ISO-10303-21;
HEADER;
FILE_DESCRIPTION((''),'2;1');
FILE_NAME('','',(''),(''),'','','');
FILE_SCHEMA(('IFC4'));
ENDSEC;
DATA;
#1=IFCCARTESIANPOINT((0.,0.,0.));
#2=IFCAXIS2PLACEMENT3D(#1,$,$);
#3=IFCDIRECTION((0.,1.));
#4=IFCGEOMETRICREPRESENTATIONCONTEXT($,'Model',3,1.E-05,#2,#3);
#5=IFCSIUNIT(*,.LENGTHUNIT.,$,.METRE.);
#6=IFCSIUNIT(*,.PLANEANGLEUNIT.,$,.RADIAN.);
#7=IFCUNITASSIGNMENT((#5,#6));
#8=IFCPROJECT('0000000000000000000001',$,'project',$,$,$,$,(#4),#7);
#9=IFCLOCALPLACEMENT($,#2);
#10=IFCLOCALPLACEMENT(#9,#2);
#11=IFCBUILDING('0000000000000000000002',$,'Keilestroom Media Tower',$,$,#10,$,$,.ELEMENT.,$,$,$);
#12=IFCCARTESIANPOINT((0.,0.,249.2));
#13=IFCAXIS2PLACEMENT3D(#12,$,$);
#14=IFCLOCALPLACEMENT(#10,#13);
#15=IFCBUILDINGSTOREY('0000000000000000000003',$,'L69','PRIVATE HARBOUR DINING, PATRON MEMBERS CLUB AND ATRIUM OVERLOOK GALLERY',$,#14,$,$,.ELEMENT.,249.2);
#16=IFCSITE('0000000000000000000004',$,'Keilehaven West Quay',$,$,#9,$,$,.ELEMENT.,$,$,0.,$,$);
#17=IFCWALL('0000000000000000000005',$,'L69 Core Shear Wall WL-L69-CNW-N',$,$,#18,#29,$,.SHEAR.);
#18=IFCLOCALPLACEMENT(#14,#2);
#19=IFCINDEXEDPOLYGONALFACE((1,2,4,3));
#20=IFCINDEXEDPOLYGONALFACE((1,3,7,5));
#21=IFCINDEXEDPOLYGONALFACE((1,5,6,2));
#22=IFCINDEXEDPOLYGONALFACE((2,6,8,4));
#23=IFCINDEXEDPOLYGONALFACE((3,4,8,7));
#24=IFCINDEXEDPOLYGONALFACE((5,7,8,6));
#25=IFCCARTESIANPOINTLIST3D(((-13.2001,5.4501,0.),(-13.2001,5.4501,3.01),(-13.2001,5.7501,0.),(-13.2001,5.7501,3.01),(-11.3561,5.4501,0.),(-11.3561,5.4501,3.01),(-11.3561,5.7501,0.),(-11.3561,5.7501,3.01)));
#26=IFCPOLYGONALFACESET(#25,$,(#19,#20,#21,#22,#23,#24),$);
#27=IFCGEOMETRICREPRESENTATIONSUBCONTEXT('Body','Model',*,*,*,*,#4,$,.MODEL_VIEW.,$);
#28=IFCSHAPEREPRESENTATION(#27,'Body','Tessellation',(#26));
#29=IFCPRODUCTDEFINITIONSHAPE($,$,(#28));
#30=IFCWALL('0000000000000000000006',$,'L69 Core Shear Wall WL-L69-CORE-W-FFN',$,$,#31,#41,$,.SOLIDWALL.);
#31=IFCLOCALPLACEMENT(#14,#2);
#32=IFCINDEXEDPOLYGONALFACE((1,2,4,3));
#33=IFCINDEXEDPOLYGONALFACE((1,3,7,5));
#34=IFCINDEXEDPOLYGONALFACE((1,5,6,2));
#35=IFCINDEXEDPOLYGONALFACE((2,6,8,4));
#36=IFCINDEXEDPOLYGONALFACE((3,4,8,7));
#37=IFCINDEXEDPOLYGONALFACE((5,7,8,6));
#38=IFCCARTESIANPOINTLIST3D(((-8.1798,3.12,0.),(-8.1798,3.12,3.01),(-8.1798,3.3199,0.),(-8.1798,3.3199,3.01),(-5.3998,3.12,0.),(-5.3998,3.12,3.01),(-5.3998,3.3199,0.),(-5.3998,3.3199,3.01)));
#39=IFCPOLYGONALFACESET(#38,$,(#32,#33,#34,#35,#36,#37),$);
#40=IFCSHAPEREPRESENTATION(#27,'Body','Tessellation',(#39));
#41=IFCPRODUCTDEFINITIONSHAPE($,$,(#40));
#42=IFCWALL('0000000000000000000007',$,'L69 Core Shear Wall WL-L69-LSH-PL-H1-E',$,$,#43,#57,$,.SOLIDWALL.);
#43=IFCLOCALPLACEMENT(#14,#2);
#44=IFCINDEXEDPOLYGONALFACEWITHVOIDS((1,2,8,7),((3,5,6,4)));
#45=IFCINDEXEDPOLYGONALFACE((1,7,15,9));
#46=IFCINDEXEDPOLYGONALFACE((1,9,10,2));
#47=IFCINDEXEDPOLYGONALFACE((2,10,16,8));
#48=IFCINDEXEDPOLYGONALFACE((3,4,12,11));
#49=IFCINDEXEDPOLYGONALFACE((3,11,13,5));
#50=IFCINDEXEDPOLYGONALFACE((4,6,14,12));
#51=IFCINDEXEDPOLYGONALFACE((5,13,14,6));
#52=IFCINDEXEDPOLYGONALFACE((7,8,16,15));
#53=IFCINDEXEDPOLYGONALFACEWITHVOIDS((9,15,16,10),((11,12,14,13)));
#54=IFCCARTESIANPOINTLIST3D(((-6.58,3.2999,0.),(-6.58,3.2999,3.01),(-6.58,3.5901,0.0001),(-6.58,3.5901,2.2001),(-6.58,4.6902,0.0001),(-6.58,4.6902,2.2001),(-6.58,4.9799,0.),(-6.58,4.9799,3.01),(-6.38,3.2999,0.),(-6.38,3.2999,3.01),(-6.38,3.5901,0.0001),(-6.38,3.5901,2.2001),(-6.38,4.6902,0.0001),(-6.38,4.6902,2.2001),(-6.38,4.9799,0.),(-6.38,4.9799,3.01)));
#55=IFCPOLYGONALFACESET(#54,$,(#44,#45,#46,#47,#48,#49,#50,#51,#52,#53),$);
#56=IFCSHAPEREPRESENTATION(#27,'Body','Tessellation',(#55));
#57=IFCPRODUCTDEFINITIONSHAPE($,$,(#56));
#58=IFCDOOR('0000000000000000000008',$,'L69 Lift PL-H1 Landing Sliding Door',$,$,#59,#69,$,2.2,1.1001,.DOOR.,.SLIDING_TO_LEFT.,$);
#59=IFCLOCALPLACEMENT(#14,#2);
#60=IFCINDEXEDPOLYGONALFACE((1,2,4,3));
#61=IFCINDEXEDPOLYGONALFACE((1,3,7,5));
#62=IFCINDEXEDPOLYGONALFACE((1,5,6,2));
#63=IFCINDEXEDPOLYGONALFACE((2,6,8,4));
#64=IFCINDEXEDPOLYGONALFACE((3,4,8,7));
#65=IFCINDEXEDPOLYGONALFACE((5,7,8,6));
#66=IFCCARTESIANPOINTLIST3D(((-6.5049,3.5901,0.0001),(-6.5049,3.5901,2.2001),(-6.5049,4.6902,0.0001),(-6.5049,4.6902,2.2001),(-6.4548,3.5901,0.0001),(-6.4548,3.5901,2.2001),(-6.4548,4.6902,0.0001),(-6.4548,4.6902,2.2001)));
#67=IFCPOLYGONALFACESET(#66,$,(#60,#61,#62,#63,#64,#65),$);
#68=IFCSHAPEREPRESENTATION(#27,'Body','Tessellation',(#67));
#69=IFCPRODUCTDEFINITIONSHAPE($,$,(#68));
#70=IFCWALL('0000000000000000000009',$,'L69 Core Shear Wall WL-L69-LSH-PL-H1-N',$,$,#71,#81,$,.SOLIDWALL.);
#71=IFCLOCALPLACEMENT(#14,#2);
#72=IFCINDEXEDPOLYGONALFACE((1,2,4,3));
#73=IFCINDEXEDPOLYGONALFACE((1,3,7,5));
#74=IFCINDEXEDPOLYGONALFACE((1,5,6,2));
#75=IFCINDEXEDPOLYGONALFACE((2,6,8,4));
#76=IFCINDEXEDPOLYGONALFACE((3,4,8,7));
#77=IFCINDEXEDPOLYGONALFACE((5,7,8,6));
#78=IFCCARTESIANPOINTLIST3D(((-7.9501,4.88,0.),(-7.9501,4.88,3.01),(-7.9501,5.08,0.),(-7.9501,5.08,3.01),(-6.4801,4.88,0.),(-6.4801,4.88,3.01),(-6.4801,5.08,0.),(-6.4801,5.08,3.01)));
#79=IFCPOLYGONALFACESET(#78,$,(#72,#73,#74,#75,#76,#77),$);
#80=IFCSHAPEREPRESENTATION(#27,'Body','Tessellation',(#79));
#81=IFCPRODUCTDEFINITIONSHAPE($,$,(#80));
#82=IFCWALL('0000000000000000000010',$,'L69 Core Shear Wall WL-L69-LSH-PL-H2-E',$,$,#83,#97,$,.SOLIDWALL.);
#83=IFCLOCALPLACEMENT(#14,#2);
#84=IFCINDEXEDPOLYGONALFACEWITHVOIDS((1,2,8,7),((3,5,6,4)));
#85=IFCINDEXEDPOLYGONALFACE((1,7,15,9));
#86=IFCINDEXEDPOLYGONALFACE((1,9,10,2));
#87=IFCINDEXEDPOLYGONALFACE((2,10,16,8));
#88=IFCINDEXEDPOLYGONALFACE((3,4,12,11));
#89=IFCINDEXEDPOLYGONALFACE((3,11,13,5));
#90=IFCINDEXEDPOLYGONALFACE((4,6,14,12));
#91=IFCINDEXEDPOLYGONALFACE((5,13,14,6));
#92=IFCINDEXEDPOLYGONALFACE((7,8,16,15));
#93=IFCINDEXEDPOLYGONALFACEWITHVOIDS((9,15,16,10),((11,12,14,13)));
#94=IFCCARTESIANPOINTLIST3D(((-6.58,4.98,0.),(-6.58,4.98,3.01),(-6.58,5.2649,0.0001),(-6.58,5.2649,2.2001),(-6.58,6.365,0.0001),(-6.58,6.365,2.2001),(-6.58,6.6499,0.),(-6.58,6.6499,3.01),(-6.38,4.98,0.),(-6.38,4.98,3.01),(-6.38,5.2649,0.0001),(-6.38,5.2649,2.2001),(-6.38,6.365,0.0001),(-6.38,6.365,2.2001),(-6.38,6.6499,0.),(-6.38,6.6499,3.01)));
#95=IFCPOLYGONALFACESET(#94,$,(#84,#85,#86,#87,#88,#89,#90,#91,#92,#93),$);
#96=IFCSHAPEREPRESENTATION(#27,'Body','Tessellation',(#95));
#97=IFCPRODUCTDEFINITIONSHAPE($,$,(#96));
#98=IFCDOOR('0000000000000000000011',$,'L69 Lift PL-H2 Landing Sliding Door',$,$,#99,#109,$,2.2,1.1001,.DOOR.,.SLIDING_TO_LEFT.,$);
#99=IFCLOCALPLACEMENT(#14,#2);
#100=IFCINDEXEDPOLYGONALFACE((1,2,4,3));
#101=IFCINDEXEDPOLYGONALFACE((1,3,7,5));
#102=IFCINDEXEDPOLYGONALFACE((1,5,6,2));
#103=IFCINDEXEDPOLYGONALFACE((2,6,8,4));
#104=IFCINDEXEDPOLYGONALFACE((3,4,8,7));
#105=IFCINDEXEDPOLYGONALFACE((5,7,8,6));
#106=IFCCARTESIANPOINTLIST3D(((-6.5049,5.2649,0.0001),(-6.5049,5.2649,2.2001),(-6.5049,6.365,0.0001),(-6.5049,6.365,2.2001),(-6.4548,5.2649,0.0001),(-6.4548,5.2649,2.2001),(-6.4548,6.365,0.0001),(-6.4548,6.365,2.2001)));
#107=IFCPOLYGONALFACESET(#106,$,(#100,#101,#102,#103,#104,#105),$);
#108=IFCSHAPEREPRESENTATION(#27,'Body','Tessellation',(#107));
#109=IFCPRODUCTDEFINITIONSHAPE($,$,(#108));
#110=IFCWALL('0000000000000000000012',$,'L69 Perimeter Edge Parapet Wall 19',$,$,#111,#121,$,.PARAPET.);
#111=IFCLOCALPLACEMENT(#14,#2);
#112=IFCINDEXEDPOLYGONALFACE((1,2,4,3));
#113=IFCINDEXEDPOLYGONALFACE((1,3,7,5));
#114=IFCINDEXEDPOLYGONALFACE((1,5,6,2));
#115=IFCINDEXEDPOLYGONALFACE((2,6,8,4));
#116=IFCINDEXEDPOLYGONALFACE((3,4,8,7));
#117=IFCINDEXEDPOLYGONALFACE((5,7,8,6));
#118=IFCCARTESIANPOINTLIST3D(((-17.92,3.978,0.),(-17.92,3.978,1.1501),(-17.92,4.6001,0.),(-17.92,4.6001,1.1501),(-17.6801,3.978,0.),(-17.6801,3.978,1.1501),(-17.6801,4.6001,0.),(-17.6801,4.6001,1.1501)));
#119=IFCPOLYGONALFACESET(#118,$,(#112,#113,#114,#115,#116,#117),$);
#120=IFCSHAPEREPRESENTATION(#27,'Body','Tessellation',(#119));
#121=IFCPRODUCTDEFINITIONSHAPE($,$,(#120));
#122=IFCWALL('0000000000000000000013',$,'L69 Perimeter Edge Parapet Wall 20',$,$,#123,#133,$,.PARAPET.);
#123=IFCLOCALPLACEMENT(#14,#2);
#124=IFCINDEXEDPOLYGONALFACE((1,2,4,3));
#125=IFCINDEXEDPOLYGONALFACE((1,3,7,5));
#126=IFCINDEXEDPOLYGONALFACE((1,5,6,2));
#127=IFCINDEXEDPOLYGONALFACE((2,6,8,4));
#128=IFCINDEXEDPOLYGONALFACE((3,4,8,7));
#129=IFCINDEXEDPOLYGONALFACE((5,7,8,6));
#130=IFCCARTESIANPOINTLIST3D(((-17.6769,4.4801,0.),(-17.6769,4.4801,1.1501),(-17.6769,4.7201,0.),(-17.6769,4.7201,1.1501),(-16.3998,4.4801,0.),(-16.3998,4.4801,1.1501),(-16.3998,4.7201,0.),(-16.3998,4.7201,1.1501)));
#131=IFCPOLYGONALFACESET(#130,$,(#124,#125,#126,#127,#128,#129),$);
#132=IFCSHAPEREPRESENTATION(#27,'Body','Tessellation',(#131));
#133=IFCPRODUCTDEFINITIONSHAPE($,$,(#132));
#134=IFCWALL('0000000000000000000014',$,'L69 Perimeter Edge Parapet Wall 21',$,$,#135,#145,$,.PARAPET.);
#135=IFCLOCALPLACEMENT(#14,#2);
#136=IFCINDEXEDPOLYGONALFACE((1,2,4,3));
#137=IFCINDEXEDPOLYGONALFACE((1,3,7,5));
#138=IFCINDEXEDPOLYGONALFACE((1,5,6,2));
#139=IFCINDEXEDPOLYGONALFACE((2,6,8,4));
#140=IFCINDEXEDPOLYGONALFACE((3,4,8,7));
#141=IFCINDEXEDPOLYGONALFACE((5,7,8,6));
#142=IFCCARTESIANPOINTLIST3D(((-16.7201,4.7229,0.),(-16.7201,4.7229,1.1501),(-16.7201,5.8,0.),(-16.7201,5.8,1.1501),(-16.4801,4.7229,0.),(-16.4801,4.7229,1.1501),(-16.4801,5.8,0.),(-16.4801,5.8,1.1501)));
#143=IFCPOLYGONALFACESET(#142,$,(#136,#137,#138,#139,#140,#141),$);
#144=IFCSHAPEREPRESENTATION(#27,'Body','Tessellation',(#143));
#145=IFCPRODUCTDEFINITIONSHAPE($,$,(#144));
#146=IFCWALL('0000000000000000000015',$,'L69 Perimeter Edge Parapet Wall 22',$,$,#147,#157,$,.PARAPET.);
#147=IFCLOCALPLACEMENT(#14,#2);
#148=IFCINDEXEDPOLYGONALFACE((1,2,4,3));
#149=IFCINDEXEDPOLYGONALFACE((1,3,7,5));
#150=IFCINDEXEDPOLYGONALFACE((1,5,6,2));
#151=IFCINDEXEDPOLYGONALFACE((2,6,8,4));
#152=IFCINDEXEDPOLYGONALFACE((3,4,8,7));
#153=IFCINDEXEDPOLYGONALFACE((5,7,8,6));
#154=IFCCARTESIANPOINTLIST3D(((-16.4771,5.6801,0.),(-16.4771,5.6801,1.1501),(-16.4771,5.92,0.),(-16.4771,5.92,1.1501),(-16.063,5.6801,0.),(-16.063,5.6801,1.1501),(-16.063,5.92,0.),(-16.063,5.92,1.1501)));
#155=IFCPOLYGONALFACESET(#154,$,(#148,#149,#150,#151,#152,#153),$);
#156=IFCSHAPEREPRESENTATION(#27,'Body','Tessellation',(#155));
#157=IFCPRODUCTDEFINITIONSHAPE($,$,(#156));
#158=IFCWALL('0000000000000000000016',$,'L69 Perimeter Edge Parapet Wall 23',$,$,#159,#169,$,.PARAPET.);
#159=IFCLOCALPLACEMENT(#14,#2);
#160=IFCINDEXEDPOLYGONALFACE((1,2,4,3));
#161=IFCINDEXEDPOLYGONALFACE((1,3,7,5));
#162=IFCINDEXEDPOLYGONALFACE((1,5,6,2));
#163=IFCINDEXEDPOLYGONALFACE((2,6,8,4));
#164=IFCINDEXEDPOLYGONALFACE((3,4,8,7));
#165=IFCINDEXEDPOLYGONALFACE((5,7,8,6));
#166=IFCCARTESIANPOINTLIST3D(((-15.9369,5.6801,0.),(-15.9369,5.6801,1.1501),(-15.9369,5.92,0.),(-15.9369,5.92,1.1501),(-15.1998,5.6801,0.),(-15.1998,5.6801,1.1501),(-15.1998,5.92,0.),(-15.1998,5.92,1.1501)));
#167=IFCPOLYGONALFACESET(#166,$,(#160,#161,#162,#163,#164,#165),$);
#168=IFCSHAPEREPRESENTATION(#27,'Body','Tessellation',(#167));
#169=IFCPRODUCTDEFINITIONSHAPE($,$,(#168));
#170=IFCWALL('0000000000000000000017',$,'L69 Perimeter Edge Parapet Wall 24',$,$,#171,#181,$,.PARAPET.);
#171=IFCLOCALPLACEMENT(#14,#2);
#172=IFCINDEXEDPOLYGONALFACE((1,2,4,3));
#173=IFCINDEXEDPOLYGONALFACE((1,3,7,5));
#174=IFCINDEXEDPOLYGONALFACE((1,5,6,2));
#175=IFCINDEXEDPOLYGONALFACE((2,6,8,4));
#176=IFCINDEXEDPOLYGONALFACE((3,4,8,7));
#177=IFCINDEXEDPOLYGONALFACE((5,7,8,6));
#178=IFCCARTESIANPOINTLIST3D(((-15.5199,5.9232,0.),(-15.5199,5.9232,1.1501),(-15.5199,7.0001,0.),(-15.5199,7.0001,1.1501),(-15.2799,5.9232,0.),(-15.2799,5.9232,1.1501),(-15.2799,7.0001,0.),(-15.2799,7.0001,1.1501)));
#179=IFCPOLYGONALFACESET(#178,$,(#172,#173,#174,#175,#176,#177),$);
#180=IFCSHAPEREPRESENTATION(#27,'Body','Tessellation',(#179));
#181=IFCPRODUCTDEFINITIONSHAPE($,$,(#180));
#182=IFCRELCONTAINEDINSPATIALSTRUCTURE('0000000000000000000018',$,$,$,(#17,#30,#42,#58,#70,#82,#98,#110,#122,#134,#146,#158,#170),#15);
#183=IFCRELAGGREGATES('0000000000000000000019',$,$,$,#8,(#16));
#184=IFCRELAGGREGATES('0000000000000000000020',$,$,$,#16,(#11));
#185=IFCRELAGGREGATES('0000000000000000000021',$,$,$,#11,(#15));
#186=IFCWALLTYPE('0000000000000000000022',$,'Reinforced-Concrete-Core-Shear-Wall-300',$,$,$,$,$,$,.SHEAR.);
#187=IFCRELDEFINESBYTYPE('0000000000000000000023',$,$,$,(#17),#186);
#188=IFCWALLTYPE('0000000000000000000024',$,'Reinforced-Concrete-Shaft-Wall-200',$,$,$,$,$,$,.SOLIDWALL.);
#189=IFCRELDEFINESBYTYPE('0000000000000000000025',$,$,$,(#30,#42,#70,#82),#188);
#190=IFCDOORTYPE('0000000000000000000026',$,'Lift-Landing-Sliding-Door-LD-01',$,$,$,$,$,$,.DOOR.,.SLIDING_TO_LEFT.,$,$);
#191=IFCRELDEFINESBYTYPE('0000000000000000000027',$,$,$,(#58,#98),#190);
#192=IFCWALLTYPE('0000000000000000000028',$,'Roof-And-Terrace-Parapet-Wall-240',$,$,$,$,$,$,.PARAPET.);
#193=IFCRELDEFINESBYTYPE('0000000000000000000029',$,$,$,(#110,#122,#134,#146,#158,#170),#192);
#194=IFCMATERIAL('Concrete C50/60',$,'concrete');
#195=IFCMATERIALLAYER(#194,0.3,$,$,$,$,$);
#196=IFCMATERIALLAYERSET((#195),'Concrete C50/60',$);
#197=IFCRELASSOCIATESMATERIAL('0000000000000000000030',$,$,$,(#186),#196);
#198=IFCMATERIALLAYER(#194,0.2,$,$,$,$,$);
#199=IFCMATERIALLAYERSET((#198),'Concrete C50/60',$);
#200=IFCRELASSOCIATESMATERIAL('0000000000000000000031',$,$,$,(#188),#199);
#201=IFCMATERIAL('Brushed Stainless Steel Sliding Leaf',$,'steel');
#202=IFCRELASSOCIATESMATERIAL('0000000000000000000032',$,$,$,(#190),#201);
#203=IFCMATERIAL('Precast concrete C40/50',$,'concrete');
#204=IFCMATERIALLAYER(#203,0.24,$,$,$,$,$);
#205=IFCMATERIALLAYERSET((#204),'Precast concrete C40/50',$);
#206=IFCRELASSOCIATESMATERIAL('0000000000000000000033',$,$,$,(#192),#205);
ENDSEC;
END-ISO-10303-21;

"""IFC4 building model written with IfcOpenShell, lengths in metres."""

from ifc_helpers import new_model, si_unit, direction, frame, frame_2d, origin, place, context, subcontext, project, spatial, rectangle, extrude, source, transform, mapped, material, layer, layer_set, type_object, element, fill, save


model = new_model("IFC4")

# Units and contexts
model_context = context("Model", 3, precision=1e-05, world=origin(), true_north=direction((0.0, 1.0)))
body_context = subcontext(model_context, "Body", "Model", "MODEL_VIEW")
ifc_project = project(units=[si_unit("LENGTHUNIT", "METRE"), si_unit("PLANEANGLEUNIT", "RADIAN")], contexts=[model_context])

# Site, building, storey
site_placement = place(None, origin())
site = spatial("IfcSite", under=ifc_project, at=site_placement, Name="Keilehaven West Quay", CompositionType="ELEMENT", RefElevation=0.0)
building_placement = place(site_placement, origin())
building = spatial("IfcBuilding", under=site, at=building_placement, Name="Keilestroom Media Tower", CompositionType="ELEMENT")
storey_placement = place(building_placement, frame((0.0, 0.0, 249.2)))
storey = spatial("IfcBuildingStorey", under=building, at=storey_placement, Name="L69", Description="PRIVATE HARBOUR DINING, PATRON MEMBERS CLUB AND ATRIUM OVERLOOK GALLERY", CompositionType="ELEMENT", Elevation=249.2)

# Shared definitions
ifc_material_1 = material(Name="Precast concrete C40/50", Category="concrete")

# Walls
ifc_material_2 = material(Name="Concrete C50/60", Category="concrete")
ifc_layer_1 = layer(ifc_material_2, 0.3)
ifc_layer_set_1 = layer_set([ifc_layer_1], Name="Concrete C50/60")
wall_type_1 = type_object("IfcWallType", Name="Reinforced-Concrete-Core-Shear-Wall-300", PredefinedType="SHEAR", material=ifc_layer_set_1)
wall_1_placement = place(storey_placement, frame((-13.2, 5.6001, 0.0), z_axis=(0.0, 0.0, 1.0), x_axis=(1.0, 0.0, 0.0)))
element("IfcWall", 1, at=wall_1_placement, inside=storey, type_object=wall_type_1, Name="L69 Core Shear Wall WL-L69-CNW-N", PredefinedType="SHEAR", context=body_context, shape_type="SweptSolid", body=[
    extrude(rectangle(XDim=1.844, YDim=0.3, at=frame_2d((0.9219, 0.0))), origin(), (0.0, 0.0, 1.0), 3.01),
])
ifc_layer_2 = layer(ifc_material_2, 0.2)
ifc_layer_set_2 = layer_set([ifc_layer_2], Name="Concrete C50/60")
wall_type_2 = type_object("IfcWallType", Name="Reinforced-Concrete-Shaft-Wall-200", PredefinedType="SOLIDWALL", material=ifc_layer_set_2)
wall_2_placement = place(storey_placement, frame((-8.1799, 3.22, 0.0), z_axis=(0.0, 0.0, 1.0), x_axis=(1.0, 0.0, 0.0)))
element("IfcWall", 2, at=wall_2_placement, inside=storey, type_object=wall_type_2, Name="L69 Core Shear Wall WL-L69-CORE-W-FFN", PredefinedType="SOLIDWALL", context=body_context, shape_type="SweptSolid", body=[
    extrude(rectangle(XDim=2.78, YDim=0.2, at=frame_2d((1.3901, 0.0))), origin(), (0.0, 0.0, 1.0), 3.01),
])

# Wall, opening, door
wall_3_placement = place(storey_placement, frame((-6.48, 3.3, 0.0), z_axis=(0.0, 0.0, 1.0), x_axis=(0.0, 1.0, 0.0)))
wall_3 = element("IfcWall", 3, at=wall_3_placement, inside=storey, type_object=wall_type_2, Name="L69 Core Shear Wall WL-L69-LSH-PL-H1-E", PredefinedType="SOLIDWALL", context=body_context, shape_type="SweptSolid", body=[
    extrude(rectangle(XDim=1.6799, YDim=0.2, at=frame_2d((0.8398, 0.0))), origin(), (0.0, 0.0, 1.0), 3.01),
])
opening_1_placement = place(wall_3_placement, frame((0.29, 0.0, 0.0)))
opening_1 = element("IfcOpeningElement", 4, at=opening_1_placement, cuts=wall_3, PredefinedType="OPENING", context=body_context, shape_type="SweptSolid", body=[
    extrude(rectangle(XDim=1.1001, YDim=2.2, at=frame_2d((0.55, 1.1001))), frame((0.0, 0.1099, 0.0), z_axis=(0.0, -1.0, 0.0), x_axis=(1.0, 0.0, 0.0)), (0.0, 0.0, 1.0), 0.22),
])
ifc_material_3 = material(Name="Brushed Stainless Steel Sliding Leaf", Category="steel")
door_type = type_object("IfcDoorType", Name="Lift-Landing-Sliding-Door-LD-01", OperationType="SLIDING_TO_LEFT", PredefinedType="DOOR", material=ifc_material_3)
shared_shape_1 = source(origin(), body_context, "Body", "SweptSolid", [
    extrude(rectangle(XDim=1.1001, YDim=2.2, at=frame_2d((0.55, 1.1001))), frame((0.0, 0.0249, 0.0), z_axis=(0.0, -1.0, 0.0), x_axis=(1.0, 0.0, 0.0)), (0.0, 0.0, 1.0), 0.05),
])
door_1_placement = place(opening_1_placement, origin())
door_1 = element("IfcDoor", 5, at=door_1_placement, inside=storey, type_object=door_type, Name="L69 Lift PL-H1 Landing Sliding Door", OperationType="SLIDING_TO_LEFT", OverallHeight=2.2, OverallWidth=1.1001, PredefinedType="DOOR", context=body_context, shape_type="MappedRepresentation", body=[
    mapped(shared_shape_1, transform((0.0, 0.0, 0.0), x_axis=(1.0, 0.0, 0.0), y_axis=(0.0, 1.0, 0.0), z_axis=(0.0, 0.0, 1.0), scale=1.0)),
])
fill(opening_1, door_1)

# Wall
wall_4_placement = place(storey_placement, frame((-7.95, 4.98, 0.0), z_axis=(0.0, 0.0, 1.0), x_axis=(1.0, 0.0, 0.0)))
element("IfcWall", 6, at=wall_4_placement, inside=storey, type_object=wall_type_2, Name="L69 Core Shear Wall WL-L69-LSH-PL-H1-N", PredefinedType="SOLIDWALL", context=body_context, shape_type="SweptSolid", body=[
    extrude(rectangle(XDim=1.47, YDim=0.2, at=frame_2d((0.7349, 0.0))), origin(), (0.0, 0.0, 1.0), 3.01),
])

# Wall, opening, door
wall_5_placement = place(storey_placement, frame((-6.48, 4.98, 0.0), z_axis=(0.0, 0.0, 1.0), x_axis=(0.0, 1.0, 0.0)))
wall_5 = element("IfcWall", 7, at=wall_5_placement, inside=storey, type_object=wall_type_2, Name="L69 Core Shear Wall WL-L69-LSH-PL-H2-E", PredefinedType="SOLIDWALL", context=body_context, shape_type="SweptSolid", body=[
    extrude(rectangle(XDim=1.6699, YDim=0.2, at=frame_2d((0.835, 0.0))), origin(), (0.0, 0.0, 1.0), 3.01),
])
opening_2_placement = place(wall_5_placement, frame((0.2849, 0.0, 0.0)))
opening_2 = element("IfcOpeningElement", 8, at=opening_2_placement, cuts=wall_5, PredefinedType="OPENING", context=body_context, shape_type="SweptSolid", body=[
    extrude(rectangle(XDim=1.1001, YDim=2.2, at=frame_2d((0.55, 1.1001))), frame((0.0, 0.1099, 0.0), z_axis=(0.0, -1.0, 0.0), x_axis=(1.0, 0.0, 0.0)), (0.0, 0.0, 1.0), 0.22),
])
door_2_placement = place(opening_2_placement, origin())
door_2 = element("IfcDoor", 9, at=door_2_placement, inside=storey, type_object=door_type, Name="L69 Lift PL-H2 Landing Sliding Door", OperationType="SLIDING_TO_LEFT", OverallHeight=2.2, OverallWidth=1.1001, PredefinedType="DOOR", context=body_context, shape_type="MappedRepresentation", body=[
    mapped(shared_shape_1, transform((0.0, 0.0, 0.0), x_axis=(1.0, 0.0, 0.0), y_axis=(0.0, 1.0, 0.0), z_axis=(0.0, 0.0, 1.0), scale=1.0)),
])
fill(opening_2, door_2)

# Walls
ifc_layer_3 = layer(ifc_material_1, 0.24)
ifc_layer_set_3 = layer_set([ifc_layer_3], Name="Precast concrete C40/50")
wall_type_3 = type_object("IfcWallType", Name="Roof-And-Terrace-Parapet-Wall-240", PredefinedType="PARAPET", material=ifc_layer_set_3)
wall_6_placement = place(storey_placement, frame((-17.8, 3.978, 0.0), z_axis=(0.0, 0.0, 1.0), x_axis=(0.0, 1.0, 0.0)))
element("IfcWall", 10, at=wall_6_placement, inside=storey, type_object=wall_type_3, Name="L69 Perimeter Edge Parapet Wall 19", PredefinedType="PARAPET", context=body_context, shape_type="SweptSolid", body=[
    extrude(rectangle(XDim=0.6221, YDim=0.24, at=frame_2d((0.311, 0.0))), origin(), (0.0, 0.0, 1.0), 1.1501),
])
wall_7_placement = place(storey_placement, frame((-17.677, 4.6001, 0.0), z_axis=(0.0, 0.0, 1.0), x_axis=(1.0, 0.0, 0.0)))
element("IfcWall", 11, at=wall_7_placement, inside=storey, type_object=wall_type_3, Name="L69 Perimeter Edge Parapet Wall 20", PredefinedType="PARAPET", context=body_context, shape_type="SweptSolid", body=[
    extrude(rectangle(XDim=1.2771, YDim=0.24, at=frame_2d((0.6387, 0.0))), origin(), (0.0, 0.0, 1.0), 1.1501),
])
wall_8_placement = place(storey_placement, frame((-16.6001, 4.7229, 0.0), z_axis=(0.0, 0.0, 1.0), x_axis=(0.0, 1.0, 0.0)))
element("IfcWall", 12, at=wall_8_placement, inside=storey, type_object=wall_type_3, Name="L69 Perimeter Edge Parapet Wall 21", PredefinedType="PARAPET", context=body_context, shape_type="SweptSolid", body=[
    extrude(rectangle(XDim=1.0771, YDim=0.24, at=frame_2d((0.5386, 0.0))), origin(), (0.0, 0.0, 1.0), 1.1501),
])
wall_9_placement = place(storey_placement, frame((-16.4771, 5.8, 0.0), z_axis=(0.0, 0.0, 1.0), x_axis=(1.0, 0.0, 0.0)))
element("IfcWall", 13, at=wall_9_placement, inside=storey, type_object=wall_type_3, Name="L69 Perimeter Edge Parapet Wall 22", PredefinedType="PARAPET", context=body_context, shape_type="SweptSolid", body=[
    extrude(rectangle(XDim=0.4141, YDim=0.24, at=frame_2d((0.207, 0.0))), origin(), (0.0, 0.0, 1.0), 1.1501),
])
wall_10_placement = place(storey_placement, frame((-15.937, 5.8, 0.0), z_axis=(0.0, 0.0, 1.0), x_axis=(1.0, 0.0, 0.0)))
element("IfcWall", 14, at=wall_10_placement, inside=storey, type_object=wall_type_3, Name="L69 Perimeter Edge Parapet Wall 23", PredefinedType="PARAPET", context=body_context, shape_type="SweptSolid", body=[
    extrude(rectangle(XDim=0.7371, YDim=0.24, at=frame_2d((0.3687, 0.0))), origin(), (0.0, 0.0, 1.0), 1.1501),
])
wall_11_placement = place(storey_placement, frame((-15.3999, 5.9231, 0.0), z_axis=(0.0, 0.0, 1.0), x_axis=(0.0, 1.0, 0.0)))
element("IfcWall", 15, at=wall_11_placement, inside=storey, type_object=wall_type_3, Name="L69 Perimeter Edge Parapet Wall 24", PredefinedType="PARAPET", context=body_context, shape_type="SweptSolid", body=[
    extrude(rectangle(XDim=1.0769, YDim=0.24, at=frame_2d((0.5386, 0.0))), origin(), (0.0, 0.0, 1.0), 1.1501),
])

save(model, "model.ifc")
